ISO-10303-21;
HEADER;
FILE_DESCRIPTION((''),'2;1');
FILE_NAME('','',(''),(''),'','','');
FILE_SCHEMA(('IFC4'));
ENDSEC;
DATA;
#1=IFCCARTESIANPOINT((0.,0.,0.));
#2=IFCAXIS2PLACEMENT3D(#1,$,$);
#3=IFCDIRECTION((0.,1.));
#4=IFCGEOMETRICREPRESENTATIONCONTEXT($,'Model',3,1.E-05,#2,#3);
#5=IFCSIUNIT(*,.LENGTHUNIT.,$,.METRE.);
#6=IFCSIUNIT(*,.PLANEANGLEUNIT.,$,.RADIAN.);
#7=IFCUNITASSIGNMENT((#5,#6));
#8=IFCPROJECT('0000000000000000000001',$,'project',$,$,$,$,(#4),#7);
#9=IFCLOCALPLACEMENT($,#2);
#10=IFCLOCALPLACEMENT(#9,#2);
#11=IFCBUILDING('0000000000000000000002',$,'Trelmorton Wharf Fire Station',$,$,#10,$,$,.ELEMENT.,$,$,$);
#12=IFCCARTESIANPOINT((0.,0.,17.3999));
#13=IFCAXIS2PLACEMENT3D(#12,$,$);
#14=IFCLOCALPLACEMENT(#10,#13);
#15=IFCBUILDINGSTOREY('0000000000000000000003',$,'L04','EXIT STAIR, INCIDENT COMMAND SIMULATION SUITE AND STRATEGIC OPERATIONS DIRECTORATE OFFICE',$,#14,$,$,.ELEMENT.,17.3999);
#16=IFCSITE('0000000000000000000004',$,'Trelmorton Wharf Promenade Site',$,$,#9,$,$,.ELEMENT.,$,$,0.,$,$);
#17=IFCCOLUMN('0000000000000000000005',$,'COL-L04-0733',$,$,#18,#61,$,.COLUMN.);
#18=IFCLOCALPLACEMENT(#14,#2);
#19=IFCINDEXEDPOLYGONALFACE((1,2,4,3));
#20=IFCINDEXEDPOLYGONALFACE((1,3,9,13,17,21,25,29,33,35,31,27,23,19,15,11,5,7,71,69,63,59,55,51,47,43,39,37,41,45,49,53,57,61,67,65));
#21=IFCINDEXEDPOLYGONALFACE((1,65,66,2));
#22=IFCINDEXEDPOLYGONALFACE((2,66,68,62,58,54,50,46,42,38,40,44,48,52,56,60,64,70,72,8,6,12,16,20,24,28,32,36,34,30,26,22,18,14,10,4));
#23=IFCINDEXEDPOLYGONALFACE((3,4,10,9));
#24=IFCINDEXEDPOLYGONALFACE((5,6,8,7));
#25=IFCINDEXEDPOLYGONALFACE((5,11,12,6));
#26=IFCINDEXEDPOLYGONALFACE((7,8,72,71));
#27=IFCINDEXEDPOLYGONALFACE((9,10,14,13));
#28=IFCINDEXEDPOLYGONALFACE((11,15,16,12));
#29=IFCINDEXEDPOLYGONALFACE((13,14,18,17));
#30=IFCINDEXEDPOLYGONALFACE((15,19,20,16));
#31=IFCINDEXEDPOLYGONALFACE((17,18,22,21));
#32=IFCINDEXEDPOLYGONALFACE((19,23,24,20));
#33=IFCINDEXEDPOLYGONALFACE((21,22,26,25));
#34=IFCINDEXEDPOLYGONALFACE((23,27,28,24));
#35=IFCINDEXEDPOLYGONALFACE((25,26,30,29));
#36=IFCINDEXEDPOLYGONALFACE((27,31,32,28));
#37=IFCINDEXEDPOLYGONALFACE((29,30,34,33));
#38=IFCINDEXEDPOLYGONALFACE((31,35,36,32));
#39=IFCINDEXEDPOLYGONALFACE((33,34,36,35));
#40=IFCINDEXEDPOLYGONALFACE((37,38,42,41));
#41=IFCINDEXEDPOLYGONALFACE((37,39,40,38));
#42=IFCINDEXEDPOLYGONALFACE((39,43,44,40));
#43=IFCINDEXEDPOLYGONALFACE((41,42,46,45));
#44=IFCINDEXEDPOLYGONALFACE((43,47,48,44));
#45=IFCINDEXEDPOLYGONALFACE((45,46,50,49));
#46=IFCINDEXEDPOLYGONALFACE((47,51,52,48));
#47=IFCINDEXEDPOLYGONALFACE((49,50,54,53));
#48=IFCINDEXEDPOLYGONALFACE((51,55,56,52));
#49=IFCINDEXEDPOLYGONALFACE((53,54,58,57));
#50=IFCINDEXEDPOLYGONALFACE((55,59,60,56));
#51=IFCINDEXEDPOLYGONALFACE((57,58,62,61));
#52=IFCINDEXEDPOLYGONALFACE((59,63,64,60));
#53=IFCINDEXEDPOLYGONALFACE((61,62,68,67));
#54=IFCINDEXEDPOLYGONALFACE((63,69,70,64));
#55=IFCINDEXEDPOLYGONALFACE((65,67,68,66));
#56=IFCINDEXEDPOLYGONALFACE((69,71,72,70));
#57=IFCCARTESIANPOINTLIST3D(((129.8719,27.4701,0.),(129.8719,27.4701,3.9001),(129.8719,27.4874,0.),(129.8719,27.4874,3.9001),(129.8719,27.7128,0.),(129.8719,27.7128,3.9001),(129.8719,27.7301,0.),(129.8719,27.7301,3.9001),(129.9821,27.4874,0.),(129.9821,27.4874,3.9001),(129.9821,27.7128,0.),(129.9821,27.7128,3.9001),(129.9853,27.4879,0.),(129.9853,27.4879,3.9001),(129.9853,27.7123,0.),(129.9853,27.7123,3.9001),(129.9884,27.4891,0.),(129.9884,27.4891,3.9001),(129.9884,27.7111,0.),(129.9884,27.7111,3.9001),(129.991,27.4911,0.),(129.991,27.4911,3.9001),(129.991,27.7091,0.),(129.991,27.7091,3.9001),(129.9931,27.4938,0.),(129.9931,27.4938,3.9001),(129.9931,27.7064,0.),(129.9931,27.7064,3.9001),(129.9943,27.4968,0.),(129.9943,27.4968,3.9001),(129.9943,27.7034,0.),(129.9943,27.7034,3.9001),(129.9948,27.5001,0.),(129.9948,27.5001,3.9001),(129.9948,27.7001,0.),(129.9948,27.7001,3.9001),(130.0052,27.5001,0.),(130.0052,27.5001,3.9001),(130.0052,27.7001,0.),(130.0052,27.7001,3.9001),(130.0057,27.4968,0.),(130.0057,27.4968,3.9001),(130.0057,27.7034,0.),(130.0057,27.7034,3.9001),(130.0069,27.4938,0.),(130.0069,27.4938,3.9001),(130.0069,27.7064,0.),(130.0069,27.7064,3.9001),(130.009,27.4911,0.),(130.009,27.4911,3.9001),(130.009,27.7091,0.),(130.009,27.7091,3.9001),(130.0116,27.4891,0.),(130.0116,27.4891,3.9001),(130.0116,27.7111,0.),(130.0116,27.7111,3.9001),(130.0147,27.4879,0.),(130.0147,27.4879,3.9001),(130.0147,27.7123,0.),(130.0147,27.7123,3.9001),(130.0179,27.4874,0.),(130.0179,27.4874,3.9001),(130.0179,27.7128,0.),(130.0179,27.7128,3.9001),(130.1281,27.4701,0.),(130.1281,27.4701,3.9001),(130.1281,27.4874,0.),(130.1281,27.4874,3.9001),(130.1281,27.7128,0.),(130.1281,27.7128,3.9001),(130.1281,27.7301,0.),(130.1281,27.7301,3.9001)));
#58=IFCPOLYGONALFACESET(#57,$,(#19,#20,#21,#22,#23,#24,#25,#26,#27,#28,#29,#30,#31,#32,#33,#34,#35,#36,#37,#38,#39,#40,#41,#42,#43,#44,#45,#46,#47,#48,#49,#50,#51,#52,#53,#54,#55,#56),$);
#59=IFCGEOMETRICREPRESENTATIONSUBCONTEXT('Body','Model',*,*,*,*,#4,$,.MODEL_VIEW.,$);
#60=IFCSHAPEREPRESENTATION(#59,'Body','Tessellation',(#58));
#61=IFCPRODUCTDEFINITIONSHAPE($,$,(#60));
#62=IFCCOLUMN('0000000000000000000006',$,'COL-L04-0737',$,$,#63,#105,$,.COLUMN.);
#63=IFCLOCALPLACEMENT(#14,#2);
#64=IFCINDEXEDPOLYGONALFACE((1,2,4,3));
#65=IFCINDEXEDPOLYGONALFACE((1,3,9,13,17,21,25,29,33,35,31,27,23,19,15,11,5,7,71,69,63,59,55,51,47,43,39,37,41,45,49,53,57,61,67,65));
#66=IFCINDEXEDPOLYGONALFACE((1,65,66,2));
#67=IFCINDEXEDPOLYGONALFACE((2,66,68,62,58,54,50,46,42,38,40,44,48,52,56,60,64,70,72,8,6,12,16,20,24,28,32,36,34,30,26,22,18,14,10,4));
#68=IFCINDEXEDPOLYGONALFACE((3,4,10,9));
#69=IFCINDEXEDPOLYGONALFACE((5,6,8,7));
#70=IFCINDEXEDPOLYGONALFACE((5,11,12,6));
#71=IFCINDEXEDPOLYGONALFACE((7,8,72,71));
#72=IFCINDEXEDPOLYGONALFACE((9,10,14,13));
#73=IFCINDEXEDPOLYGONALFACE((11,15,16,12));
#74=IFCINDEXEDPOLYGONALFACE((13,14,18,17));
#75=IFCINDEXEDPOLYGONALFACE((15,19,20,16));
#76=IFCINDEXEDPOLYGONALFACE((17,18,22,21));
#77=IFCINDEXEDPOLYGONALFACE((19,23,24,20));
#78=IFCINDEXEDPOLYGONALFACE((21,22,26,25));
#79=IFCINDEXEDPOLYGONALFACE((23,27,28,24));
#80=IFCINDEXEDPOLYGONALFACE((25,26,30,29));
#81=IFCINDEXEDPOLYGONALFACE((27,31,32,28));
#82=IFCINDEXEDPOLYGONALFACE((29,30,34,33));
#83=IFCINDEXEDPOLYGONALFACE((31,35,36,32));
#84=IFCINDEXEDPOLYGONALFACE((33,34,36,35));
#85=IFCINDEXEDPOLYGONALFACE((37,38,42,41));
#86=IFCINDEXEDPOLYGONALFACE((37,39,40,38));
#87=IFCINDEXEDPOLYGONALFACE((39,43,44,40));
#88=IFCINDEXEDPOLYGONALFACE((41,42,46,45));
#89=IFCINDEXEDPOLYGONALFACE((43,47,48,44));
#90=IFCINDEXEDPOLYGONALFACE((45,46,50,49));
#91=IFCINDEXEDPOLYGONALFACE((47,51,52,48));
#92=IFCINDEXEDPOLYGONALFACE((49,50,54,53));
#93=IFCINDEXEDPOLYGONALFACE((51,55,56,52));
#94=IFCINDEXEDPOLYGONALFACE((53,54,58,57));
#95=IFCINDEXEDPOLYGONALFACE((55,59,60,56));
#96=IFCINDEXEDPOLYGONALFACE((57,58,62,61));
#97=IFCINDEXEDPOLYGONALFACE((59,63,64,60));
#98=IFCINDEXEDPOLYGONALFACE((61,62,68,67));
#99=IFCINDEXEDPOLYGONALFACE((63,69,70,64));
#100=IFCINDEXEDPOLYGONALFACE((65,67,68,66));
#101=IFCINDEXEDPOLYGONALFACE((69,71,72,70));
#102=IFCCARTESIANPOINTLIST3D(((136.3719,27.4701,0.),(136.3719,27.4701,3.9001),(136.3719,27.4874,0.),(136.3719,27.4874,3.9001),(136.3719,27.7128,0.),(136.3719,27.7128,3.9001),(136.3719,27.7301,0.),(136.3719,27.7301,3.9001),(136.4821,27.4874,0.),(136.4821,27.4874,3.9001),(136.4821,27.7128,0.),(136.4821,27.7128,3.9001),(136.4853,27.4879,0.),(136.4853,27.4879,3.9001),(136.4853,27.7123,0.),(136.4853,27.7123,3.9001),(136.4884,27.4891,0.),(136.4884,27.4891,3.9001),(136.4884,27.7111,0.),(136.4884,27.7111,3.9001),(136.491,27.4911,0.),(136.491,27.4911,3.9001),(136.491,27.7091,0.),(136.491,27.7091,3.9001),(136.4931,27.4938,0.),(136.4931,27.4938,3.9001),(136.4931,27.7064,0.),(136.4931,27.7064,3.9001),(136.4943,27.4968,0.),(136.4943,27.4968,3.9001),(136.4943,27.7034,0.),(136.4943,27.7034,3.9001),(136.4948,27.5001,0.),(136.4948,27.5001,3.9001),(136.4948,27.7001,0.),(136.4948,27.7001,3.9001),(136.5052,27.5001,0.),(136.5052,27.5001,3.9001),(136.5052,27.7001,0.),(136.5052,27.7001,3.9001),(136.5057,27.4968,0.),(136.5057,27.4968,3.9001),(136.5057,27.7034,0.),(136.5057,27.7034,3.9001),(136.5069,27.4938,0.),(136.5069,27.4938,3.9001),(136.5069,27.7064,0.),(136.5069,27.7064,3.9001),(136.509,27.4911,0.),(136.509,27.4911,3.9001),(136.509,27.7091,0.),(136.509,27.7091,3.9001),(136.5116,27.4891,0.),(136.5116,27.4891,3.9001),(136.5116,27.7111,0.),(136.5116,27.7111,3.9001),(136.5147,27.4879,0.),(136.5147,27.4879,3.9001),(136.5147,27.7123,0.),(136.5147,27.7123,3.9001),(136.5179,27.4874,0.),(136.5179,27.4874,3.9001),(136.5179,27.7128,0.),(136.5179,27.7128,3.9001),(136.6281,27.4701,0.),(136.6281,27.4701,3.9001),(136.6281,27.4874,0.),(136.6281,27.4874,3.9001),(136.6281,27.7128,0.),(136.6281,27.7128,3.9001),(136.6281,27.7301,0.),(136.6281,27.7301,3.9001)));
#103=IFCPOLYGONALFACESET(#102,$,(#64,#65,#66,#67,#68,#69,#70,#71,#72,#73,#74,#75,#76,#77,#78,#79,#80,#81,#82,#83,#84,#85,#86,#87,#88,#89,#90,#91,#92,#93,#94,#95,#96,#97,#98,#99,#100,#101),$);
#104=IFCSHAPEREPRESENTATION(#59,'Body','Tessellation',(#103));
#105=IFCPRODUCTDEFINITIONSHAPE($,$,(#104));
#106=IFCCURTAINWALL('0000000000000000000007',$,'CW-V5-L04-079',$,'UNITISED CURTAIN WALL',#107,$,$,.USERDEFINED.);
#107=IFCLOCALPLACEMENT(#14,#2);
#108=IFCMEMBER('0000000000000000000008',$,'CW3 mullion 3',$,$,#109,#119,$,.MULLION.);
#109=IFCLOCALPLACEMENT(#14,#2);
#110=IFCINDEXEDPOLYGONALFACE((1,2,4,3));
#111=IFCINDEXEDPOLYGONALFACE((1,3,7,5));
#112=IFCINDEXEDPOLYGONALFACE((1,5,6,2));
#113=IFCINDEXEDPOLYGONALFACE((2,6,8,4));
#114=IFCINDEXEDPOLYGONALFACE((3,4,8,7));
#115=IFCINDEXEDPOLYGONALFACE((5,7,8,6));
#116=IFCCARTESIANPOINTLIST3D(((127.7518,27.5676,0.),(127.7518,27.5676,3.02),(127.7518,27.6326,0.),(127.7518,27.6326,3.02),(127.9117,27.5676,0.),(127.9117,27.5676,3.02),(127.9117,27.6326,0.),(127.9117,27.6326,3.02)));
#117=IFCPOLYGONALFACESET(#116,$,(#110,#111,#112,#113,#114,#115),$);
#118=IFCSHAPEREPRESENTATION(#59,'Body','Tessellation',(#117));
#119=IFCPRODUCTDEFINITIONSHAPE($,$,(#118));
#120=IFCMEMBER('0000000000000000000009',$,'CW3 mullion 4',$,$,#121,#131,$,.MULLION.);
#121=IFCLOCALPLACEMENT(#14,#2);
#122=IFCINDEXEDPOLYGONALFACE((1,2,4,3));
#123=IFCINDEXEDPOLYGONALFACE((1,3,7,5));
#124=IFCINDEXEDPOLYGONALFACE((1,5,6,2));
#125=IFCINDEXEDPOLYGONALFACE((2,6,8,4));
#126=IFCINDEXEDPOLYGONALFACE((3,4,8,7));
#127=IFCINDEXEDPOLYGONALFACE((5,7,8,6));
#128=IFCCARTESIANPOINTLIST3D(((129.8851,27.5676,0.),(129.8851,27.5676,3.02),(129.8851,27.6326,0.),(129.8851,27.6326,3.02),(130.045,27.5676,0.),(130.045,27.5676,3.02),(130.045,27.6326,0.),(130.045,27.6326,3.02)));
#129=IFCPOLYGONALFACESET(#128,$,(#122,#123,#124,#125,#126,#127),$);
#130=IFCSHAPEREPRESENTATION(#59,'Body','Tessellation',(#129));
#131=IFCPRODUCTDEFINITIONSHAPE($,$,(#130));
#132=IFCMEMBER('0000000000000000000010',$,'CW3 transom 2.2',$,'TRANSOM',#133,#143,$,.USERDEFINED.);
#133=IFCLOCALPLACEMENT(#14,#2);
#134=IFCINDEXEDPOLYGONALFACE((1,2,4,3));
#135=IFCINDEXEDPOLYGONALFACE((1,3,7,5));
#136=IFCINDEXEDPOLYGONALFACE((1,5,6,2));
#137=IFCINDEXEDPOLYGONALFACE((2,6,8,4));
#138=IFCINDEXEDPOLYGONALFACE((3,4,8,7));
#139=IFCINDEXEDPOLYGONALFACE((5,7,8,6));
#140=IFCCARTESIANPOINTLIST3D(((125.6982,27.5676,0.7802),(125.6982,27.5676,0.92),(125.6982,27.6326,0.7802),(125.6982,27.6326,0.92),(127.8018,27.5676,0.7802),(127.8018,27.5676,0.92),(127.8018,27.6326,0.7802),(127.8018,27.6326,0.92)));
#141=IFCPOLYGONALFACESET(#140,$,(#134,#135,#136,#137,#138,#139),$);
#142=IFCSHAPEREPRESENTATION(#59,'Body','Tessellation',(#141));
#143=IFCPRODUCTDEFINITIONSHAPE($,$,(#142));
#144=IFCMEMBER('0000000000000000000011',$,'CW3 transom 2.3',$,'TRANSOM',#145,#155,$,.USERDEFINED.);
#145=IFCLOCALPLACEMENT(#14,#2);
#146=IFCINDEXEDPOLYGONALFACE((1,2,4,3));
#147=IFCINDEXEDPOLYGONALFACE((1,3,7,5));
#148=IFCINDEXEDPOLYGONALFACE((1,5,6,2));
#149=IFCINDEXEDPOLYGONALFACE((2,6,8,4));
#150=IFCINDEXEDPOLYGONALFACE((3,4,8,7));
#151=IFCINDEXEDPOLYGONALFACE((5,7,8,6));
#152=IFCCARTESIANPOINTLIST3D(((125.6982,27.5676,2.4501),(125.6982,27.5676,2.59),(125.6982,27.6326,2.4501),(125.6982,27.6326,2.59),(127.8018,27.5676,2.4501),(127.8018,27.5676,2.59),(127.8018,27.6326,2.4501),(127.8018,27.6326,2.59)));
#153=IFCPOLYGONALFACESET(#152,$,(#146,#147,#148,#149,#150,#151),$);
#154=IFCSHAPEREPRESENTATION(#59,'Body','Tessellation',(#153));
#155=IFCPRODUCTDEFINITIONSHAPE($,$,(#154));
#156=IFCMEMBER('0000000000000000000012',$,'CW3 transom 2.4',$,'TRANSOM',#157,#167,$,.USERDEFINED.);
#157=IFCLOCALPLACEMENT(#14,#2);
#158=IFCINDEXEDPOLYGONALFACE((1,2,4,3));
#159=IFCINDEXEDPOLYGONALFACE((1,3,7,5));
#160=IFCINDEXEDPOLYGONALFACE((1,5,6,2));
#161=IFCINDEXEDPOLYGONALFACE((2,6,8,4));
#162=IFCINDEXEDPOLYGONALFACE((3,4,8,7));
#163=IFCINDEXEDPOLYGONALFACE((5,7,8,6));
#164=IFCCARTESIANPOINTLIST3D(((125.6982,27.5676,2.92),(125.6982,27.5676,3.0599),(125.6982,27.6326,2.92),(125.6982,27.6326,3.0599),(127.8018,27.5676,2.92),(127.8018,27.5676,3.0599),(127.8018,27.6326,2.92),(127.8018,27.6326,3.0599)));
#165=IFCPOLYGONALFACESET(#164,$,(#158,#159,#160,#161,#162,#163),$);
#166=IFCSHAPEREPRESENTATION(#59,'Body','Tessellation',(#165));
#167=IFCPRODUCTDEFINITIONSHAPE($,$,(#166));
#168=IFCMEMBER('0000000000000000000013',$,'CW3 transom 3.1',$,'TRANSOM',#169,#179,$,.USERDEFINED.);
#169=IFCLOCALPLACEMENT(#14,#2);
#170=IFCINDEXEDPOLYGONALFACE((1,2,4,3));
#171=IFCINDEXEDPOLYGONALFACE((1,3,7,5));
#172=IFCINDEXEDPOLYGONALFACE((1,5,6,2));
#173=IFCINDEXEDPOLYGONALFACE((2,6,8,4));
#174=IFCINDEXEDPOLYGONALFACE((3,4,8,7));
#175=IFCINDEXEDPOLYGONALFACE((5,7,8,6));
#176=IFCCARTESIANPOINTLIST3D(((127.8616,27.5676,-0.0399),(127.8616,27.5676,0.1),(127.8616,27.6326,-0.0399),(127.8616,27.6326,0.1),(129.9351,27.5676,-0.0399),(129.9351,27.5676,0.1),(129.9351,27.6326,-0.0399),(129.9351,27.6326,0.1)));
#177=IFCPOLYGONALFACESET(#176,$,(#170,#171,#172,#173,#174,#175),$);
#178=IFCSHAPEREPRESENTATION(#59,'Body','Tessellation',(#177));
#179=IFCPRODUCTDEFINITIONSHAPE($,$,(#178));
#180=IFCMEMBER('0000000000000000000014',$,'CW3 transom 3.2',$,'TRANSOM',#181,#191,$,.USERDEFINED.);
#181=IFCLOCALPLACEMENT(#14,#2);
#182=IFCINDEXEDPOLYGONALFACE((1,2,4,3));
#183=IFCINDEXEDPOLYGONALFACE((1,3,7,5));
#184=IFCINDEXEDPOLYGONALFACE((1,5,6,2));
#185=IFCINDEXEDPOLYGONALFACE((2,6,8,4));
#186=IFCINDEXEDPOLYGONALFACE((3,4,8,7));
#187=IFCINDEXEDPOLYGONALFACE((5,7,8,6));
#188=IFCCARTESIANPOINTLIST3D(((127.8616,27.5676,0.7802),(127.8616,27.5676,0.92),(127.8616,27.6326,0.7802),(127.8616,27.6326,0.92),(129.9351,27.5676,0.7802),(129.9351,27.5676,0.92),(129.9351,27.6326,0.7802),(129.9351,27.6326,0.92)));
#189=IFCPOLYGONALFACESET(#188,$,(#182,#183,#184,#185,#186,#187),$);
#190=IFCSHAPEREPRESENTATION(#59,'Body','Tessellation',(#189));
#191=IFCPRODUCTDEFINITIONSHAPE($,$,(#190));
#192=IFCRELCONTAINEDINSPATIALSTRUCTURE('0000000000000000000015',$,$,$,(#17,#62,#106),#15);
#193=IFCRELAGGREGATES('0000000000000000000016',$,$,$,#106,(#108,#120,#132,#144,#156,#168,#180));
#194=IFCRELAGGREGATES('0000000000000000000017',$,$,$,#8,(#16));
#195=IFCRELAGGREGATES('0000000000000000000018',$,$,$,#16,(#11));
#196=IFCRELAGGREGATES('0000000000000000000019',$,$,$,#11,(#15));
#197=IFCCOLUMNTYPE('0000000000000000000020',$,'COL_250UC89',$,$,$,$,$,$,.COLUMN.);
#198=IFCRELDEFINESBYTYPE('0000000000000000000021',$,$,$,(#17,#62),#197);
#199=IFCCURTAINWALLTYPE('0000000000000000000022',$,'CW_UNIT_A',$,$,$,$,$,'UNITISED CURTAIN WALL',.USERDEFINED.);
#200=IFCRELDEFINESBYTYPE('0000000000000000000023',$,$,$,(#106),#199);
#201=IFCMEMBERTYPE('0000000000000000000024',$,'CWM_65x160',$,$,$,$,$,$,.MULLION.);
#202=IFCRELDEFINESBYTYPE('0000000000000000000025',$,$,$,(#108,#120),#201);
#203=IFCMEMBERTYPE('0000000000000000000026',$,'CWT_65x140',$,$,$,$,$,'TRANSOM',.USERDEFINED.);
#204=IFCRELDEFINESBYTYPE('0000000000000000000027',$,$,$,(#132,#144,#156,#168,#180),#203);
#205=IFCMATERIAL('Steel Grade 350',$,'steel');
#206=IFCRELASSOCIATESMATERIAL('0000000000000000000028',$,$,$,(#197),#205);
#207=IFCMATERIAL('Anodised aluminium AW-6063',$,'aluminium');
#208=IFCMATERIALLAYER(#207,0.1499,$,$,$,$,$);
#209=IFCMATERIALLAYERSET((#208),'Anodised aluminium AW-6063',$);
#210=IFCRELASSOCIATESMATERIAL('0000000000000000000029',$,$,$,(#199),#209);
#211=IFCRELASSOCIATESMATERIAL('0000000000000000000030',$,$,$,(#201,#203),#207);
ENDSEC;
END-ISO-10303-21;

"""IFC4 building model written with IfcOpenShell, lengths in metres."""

from ifc_helpers import new_model, si_unit, direction, frame, origin, origin_2d, place, context, subcontext, project, spatial, rectangle, i_section, extrude, material, layer, layer_set, material_profile, profile_set, type_object, element, aggregate, save


model = new_model("IFC4")

# Units and contexts
model_context = context("Model", 3, precision=1e-05, world=origin(), true_north=direction((0.0, 1.0)))
body_context = subcontext(model_context, "Body", "Model", "MODEL_VIEW")
ifc_project = project(units=[si_unit("LENGTHUNIT", "METRE"), si_unit("PLANEANGLEUNIT", "RADIAN")], contexts=[model_context])

# Site, building, storey
site_placement = place(None, origin())
site = spatial("IfcSite", under=ifc_project, at=site_placement, Name="Trelmorton Wharf Promenade Site", CompositionType="ELEMENT", RefElevation=0.0)
building_placement = place(site_placement, origin())
building = spatial("IfcBuilding", under=site, at=building_placement, Name="Trelmorton Wharf Fire Station", CompositionType="ELEMENT")
storey_placement = place(building_placement, frame((0.0, 0.0, 17.3999)))
storey = spatial("IfcBuildingStorey", under=building, at=storey_placement, Name="L04", Description="EXIT STAIR, INCIDENT COMMAND SIMULATION SUITE AND STRATEGIC OPERATIONS DIRECTORATE OFFICE", CompositionType="ELEMENT", Elevation=17.3999)

# Columns
ifc_material_1 = material(Name="Steel Grade 350", Category="steel")
ifc_material_profile_1 = material_profile(ifc_material_1, i_section(OverallWidth=0.2561, OverallDepth=0.26, WebThickness=0.0105, FlangeThickness=0.0173, FilletRadius=0.0127, at=origin_2d()), Name="250UC89.5")
ifc_profile_set_1 = profile_set([ifc_material_profile_1], Name="Steel Grade 350")
column_type = type_object("IfcColumnType", Name="COL_250UC89", PredefinedType="COLUMN", material=ifc_profile_set_1)
for number, where, z_axis, x_axis, name in (
    (1, (130.0, 27.6001, 0.0), (0.0, 0.0, 1.0), (1.0, 0.0, 0.0), "COL-L04-0733"),
    (2, (136.5, 27.6001, 0.0), (0.0, 0.0, 1.0), (1.0, 0.0, 0.0), "COL-L04-0737"),
):
    element("IfcColumn", number, at=place(storey_placement, frame(where, z_axis=z_axis, x_axis=x_axis)), inside=storey, type_object=column_type, Name=name, PredefinedType="COLUMN", context=body_context, shape_type="SweptSolid", body=[
        extrude(i_section(OverallWidth=0.2561, OverallDepth=0.26, WebThickness=0.0105, FlangeThickness=0.0173, FilletRadius=0.0127, at=origin_2d()), origin(), (0.0, 0.0, 1.0), 3.9001),
    ])

# Curtain wall, members
ifc_material_2 = material(Name="Anodised aluminium AW-6063", Category="aluminium")
ifc_layer_1 = layer(ifc_material_2, 0.1499)
ifc_layer_set_1 = layer_set([ifc_layer_1], Name="Anodised aluminium AW-6063")
curtain_wall_type = type_object("IfcCurtainWallType", Name="CW_UNIT_A", ElementType="UNITISED CURTAIN WALL", PredefinedType="USERDEFINED", material=ifc_layer_set_1)
curtain_wall_placement = place(storey_placement, origin())
curtain_wall = element("IfcCurtainWall", 3, at=curtain_wall_placement, inside=storey, type_object=curtain_wall_type, Name="CW-V5-L04-079", ObjectType="UNITISED CURTAIN WALL", PredefinedType="USERDEFINED")
ifc_material_profile_2 = material_profile(ifc_material_2, rectangle(XDim=0.0649, YDim=0.1599, at=origin_2d()), Name="ALU-65x160")
ifc_profile_set_2 = profile_set([ifc_material_profile_2], Name="Anodised aluminium AW-6063")
member_type_1 = type_object("IfcMemberType", Name="CWM_65x160", PredefinedType="MULLION", material=ifc_profile_set_2)
member_1_placement = place(storey_placement, frame((127.8318, 27.6001, 0.0), z_axis=(0.0, 0.0, 1.0), x_axis=(0.0, 1.0, 0.0)))
member_1 = element("IfcMember", 4, at=member_1_placement, type_object=member_type_1, Name="CW3 mullion 3", PredefinedType="MULLION", context=body_context, shape_type="SweptSolid", body=[
    extrude(rectangle(XDim=0.0649, YDim=0.1599, at=origin_2d()), origin(), (0.0, 0.0, 1.0), 3.02),
])
member_2_placement = place(storey_placement, frame((129.9651, 27.6001, 0.0), z_axis=(0.0, 0.0, 1.0), x_axis=(0.0, 1.0, 0.0)))
member_2 = element("IfcMember", 5, at=member_2_placement, type_object=member_type_1, Name="CW3 mullion 4", PredefinedType="MULLION", context=body_context, shape_type="SweptSolid", body=[
    extrude(rectangle(XDim=0.0649, YDim=0.1599, at=origin_2d()), origin(), (0.0, 0.0, 1.0), 3.02),
])
ifc_material_profile_3 = material_profile(ifc_material_2, rectangle(XDim=0.0649, YDim=0.1399, at=origin_2d()), Name="ALU-65x140")
ifc_profile_set_3 = profile_set([ifc_material_profile_3], Name="Anodised aluminium AW-6063")
member_type_2 = type_object("IfcMemberType", Name="CWT_65x140", ElementType="TRANSOM", PredefinedType="USERDEFINED", material=ifc_profile_set_3)
member_3_placement = place(storey_placement, frame((125.6982, 27.6001, 0.8501), z_axis=(1.0, 0.0, 0.0), x_axis=(0.0, 1.0, 0.0)))
member_3 = element("IfcMember", 6, at=member_3_placement, type_object=member_type_2, Name="CW3 transom 2.2", ObjectType="TRANSOM", PredefinedType="USERDEFINED", context=body_context, shape_type="SweptSolid", body=[
    extrude(rectangle(XDim=0.0649, YDim=0.1399, at=origin_2d()), origin(), (0.0, 0.0, 1.0), 2.1035),
])
member_4_placement = place(storey_placement, frame((125.6982, 27.6001, 2.52), z_axis=(1.0, 0.0, 0.0), x_axis=(0.0, 1.0, 0.0)))
member_4 = element("IfcMember", 7, at=member_4_placement, type_object=member_type_2, Name="CW3 transom 2.3", ObjectType="TRANSOM", PredefinedType="USERDEFINED", context=body_context, shape_type="SweptSolid", body=[
    extrude(rectangle(XDim=0.0649, YDim=0.1399, at=origin_2d()), origin(), (0.0, 0.0, 1.0), 2.1035),
])
member_5_placement = place(storey_placement, frame((125.6982, 27.6001, 2.99), z_axis=(1.0, 0.0, 0.0), x_axis=(0.0, 1.0, 0.0)))
member_5 = element("IfcMember", 8, at=member_5_placement, type_object=member_type_2, Name="CW3 transom 2.4", ObjectType="TRANSOM", PredefinedType="USERDEFINED", context=body_context, shape_type="SweptSolid", body=[
    extrude(rectangle(XDim=0.0649, YDim=0.1399, at=origin_2d()), origin(), (0.0, 0.0, 1.0), 2.1035),
])
member_6_placement = place(storey_placement, frame((127.8616, 27.6001, 0.03), z_axis=(1.0, 0.0, 0.0), x_axis=(0.0, 1.0, 0.0)))
member_6 = element("IfcMember", 9, at=member_6_placement, type_object=member_type_2, Name="CW3 transom 3.1", ObjectType="TRANSOM", PredefinedType="USERDEFINED", context=body_context, shape_type="SweptSolid", body=[
    extrude(rectangle(XDim=0.0649, YDim=0.1399, at=origin_2d()), origin(), (0.0, 0.0, 1.0), 2.0735),
])
member_7_placement = place(storey_placement, frame((127.8616, 27.6001, 0.8501), z_axis=(1.0, 0.0, 0.0), x_axis=(0.0, 1.0, 0.0)))
member_7 = element("IfcMember", 10, at=member_7_placement, type_object=member_type_2, Name="CW3 transom 3.2", ObjectType="TRANSOM", PredefinedType="USERDEFINED", context=body_context, shape_type="SweptSolid", body=[
    extrude(rectangle(XDim=0.0649, YDim=0.1399, at=origin_2d()), origin(), (0.0, 0.0, 1.0), 2.0735),
])

aggregate(curtain_wall, [member_1, member_2, member_3, member_4, member_5, member_6, member_7])

save(model, "model.ifc")
